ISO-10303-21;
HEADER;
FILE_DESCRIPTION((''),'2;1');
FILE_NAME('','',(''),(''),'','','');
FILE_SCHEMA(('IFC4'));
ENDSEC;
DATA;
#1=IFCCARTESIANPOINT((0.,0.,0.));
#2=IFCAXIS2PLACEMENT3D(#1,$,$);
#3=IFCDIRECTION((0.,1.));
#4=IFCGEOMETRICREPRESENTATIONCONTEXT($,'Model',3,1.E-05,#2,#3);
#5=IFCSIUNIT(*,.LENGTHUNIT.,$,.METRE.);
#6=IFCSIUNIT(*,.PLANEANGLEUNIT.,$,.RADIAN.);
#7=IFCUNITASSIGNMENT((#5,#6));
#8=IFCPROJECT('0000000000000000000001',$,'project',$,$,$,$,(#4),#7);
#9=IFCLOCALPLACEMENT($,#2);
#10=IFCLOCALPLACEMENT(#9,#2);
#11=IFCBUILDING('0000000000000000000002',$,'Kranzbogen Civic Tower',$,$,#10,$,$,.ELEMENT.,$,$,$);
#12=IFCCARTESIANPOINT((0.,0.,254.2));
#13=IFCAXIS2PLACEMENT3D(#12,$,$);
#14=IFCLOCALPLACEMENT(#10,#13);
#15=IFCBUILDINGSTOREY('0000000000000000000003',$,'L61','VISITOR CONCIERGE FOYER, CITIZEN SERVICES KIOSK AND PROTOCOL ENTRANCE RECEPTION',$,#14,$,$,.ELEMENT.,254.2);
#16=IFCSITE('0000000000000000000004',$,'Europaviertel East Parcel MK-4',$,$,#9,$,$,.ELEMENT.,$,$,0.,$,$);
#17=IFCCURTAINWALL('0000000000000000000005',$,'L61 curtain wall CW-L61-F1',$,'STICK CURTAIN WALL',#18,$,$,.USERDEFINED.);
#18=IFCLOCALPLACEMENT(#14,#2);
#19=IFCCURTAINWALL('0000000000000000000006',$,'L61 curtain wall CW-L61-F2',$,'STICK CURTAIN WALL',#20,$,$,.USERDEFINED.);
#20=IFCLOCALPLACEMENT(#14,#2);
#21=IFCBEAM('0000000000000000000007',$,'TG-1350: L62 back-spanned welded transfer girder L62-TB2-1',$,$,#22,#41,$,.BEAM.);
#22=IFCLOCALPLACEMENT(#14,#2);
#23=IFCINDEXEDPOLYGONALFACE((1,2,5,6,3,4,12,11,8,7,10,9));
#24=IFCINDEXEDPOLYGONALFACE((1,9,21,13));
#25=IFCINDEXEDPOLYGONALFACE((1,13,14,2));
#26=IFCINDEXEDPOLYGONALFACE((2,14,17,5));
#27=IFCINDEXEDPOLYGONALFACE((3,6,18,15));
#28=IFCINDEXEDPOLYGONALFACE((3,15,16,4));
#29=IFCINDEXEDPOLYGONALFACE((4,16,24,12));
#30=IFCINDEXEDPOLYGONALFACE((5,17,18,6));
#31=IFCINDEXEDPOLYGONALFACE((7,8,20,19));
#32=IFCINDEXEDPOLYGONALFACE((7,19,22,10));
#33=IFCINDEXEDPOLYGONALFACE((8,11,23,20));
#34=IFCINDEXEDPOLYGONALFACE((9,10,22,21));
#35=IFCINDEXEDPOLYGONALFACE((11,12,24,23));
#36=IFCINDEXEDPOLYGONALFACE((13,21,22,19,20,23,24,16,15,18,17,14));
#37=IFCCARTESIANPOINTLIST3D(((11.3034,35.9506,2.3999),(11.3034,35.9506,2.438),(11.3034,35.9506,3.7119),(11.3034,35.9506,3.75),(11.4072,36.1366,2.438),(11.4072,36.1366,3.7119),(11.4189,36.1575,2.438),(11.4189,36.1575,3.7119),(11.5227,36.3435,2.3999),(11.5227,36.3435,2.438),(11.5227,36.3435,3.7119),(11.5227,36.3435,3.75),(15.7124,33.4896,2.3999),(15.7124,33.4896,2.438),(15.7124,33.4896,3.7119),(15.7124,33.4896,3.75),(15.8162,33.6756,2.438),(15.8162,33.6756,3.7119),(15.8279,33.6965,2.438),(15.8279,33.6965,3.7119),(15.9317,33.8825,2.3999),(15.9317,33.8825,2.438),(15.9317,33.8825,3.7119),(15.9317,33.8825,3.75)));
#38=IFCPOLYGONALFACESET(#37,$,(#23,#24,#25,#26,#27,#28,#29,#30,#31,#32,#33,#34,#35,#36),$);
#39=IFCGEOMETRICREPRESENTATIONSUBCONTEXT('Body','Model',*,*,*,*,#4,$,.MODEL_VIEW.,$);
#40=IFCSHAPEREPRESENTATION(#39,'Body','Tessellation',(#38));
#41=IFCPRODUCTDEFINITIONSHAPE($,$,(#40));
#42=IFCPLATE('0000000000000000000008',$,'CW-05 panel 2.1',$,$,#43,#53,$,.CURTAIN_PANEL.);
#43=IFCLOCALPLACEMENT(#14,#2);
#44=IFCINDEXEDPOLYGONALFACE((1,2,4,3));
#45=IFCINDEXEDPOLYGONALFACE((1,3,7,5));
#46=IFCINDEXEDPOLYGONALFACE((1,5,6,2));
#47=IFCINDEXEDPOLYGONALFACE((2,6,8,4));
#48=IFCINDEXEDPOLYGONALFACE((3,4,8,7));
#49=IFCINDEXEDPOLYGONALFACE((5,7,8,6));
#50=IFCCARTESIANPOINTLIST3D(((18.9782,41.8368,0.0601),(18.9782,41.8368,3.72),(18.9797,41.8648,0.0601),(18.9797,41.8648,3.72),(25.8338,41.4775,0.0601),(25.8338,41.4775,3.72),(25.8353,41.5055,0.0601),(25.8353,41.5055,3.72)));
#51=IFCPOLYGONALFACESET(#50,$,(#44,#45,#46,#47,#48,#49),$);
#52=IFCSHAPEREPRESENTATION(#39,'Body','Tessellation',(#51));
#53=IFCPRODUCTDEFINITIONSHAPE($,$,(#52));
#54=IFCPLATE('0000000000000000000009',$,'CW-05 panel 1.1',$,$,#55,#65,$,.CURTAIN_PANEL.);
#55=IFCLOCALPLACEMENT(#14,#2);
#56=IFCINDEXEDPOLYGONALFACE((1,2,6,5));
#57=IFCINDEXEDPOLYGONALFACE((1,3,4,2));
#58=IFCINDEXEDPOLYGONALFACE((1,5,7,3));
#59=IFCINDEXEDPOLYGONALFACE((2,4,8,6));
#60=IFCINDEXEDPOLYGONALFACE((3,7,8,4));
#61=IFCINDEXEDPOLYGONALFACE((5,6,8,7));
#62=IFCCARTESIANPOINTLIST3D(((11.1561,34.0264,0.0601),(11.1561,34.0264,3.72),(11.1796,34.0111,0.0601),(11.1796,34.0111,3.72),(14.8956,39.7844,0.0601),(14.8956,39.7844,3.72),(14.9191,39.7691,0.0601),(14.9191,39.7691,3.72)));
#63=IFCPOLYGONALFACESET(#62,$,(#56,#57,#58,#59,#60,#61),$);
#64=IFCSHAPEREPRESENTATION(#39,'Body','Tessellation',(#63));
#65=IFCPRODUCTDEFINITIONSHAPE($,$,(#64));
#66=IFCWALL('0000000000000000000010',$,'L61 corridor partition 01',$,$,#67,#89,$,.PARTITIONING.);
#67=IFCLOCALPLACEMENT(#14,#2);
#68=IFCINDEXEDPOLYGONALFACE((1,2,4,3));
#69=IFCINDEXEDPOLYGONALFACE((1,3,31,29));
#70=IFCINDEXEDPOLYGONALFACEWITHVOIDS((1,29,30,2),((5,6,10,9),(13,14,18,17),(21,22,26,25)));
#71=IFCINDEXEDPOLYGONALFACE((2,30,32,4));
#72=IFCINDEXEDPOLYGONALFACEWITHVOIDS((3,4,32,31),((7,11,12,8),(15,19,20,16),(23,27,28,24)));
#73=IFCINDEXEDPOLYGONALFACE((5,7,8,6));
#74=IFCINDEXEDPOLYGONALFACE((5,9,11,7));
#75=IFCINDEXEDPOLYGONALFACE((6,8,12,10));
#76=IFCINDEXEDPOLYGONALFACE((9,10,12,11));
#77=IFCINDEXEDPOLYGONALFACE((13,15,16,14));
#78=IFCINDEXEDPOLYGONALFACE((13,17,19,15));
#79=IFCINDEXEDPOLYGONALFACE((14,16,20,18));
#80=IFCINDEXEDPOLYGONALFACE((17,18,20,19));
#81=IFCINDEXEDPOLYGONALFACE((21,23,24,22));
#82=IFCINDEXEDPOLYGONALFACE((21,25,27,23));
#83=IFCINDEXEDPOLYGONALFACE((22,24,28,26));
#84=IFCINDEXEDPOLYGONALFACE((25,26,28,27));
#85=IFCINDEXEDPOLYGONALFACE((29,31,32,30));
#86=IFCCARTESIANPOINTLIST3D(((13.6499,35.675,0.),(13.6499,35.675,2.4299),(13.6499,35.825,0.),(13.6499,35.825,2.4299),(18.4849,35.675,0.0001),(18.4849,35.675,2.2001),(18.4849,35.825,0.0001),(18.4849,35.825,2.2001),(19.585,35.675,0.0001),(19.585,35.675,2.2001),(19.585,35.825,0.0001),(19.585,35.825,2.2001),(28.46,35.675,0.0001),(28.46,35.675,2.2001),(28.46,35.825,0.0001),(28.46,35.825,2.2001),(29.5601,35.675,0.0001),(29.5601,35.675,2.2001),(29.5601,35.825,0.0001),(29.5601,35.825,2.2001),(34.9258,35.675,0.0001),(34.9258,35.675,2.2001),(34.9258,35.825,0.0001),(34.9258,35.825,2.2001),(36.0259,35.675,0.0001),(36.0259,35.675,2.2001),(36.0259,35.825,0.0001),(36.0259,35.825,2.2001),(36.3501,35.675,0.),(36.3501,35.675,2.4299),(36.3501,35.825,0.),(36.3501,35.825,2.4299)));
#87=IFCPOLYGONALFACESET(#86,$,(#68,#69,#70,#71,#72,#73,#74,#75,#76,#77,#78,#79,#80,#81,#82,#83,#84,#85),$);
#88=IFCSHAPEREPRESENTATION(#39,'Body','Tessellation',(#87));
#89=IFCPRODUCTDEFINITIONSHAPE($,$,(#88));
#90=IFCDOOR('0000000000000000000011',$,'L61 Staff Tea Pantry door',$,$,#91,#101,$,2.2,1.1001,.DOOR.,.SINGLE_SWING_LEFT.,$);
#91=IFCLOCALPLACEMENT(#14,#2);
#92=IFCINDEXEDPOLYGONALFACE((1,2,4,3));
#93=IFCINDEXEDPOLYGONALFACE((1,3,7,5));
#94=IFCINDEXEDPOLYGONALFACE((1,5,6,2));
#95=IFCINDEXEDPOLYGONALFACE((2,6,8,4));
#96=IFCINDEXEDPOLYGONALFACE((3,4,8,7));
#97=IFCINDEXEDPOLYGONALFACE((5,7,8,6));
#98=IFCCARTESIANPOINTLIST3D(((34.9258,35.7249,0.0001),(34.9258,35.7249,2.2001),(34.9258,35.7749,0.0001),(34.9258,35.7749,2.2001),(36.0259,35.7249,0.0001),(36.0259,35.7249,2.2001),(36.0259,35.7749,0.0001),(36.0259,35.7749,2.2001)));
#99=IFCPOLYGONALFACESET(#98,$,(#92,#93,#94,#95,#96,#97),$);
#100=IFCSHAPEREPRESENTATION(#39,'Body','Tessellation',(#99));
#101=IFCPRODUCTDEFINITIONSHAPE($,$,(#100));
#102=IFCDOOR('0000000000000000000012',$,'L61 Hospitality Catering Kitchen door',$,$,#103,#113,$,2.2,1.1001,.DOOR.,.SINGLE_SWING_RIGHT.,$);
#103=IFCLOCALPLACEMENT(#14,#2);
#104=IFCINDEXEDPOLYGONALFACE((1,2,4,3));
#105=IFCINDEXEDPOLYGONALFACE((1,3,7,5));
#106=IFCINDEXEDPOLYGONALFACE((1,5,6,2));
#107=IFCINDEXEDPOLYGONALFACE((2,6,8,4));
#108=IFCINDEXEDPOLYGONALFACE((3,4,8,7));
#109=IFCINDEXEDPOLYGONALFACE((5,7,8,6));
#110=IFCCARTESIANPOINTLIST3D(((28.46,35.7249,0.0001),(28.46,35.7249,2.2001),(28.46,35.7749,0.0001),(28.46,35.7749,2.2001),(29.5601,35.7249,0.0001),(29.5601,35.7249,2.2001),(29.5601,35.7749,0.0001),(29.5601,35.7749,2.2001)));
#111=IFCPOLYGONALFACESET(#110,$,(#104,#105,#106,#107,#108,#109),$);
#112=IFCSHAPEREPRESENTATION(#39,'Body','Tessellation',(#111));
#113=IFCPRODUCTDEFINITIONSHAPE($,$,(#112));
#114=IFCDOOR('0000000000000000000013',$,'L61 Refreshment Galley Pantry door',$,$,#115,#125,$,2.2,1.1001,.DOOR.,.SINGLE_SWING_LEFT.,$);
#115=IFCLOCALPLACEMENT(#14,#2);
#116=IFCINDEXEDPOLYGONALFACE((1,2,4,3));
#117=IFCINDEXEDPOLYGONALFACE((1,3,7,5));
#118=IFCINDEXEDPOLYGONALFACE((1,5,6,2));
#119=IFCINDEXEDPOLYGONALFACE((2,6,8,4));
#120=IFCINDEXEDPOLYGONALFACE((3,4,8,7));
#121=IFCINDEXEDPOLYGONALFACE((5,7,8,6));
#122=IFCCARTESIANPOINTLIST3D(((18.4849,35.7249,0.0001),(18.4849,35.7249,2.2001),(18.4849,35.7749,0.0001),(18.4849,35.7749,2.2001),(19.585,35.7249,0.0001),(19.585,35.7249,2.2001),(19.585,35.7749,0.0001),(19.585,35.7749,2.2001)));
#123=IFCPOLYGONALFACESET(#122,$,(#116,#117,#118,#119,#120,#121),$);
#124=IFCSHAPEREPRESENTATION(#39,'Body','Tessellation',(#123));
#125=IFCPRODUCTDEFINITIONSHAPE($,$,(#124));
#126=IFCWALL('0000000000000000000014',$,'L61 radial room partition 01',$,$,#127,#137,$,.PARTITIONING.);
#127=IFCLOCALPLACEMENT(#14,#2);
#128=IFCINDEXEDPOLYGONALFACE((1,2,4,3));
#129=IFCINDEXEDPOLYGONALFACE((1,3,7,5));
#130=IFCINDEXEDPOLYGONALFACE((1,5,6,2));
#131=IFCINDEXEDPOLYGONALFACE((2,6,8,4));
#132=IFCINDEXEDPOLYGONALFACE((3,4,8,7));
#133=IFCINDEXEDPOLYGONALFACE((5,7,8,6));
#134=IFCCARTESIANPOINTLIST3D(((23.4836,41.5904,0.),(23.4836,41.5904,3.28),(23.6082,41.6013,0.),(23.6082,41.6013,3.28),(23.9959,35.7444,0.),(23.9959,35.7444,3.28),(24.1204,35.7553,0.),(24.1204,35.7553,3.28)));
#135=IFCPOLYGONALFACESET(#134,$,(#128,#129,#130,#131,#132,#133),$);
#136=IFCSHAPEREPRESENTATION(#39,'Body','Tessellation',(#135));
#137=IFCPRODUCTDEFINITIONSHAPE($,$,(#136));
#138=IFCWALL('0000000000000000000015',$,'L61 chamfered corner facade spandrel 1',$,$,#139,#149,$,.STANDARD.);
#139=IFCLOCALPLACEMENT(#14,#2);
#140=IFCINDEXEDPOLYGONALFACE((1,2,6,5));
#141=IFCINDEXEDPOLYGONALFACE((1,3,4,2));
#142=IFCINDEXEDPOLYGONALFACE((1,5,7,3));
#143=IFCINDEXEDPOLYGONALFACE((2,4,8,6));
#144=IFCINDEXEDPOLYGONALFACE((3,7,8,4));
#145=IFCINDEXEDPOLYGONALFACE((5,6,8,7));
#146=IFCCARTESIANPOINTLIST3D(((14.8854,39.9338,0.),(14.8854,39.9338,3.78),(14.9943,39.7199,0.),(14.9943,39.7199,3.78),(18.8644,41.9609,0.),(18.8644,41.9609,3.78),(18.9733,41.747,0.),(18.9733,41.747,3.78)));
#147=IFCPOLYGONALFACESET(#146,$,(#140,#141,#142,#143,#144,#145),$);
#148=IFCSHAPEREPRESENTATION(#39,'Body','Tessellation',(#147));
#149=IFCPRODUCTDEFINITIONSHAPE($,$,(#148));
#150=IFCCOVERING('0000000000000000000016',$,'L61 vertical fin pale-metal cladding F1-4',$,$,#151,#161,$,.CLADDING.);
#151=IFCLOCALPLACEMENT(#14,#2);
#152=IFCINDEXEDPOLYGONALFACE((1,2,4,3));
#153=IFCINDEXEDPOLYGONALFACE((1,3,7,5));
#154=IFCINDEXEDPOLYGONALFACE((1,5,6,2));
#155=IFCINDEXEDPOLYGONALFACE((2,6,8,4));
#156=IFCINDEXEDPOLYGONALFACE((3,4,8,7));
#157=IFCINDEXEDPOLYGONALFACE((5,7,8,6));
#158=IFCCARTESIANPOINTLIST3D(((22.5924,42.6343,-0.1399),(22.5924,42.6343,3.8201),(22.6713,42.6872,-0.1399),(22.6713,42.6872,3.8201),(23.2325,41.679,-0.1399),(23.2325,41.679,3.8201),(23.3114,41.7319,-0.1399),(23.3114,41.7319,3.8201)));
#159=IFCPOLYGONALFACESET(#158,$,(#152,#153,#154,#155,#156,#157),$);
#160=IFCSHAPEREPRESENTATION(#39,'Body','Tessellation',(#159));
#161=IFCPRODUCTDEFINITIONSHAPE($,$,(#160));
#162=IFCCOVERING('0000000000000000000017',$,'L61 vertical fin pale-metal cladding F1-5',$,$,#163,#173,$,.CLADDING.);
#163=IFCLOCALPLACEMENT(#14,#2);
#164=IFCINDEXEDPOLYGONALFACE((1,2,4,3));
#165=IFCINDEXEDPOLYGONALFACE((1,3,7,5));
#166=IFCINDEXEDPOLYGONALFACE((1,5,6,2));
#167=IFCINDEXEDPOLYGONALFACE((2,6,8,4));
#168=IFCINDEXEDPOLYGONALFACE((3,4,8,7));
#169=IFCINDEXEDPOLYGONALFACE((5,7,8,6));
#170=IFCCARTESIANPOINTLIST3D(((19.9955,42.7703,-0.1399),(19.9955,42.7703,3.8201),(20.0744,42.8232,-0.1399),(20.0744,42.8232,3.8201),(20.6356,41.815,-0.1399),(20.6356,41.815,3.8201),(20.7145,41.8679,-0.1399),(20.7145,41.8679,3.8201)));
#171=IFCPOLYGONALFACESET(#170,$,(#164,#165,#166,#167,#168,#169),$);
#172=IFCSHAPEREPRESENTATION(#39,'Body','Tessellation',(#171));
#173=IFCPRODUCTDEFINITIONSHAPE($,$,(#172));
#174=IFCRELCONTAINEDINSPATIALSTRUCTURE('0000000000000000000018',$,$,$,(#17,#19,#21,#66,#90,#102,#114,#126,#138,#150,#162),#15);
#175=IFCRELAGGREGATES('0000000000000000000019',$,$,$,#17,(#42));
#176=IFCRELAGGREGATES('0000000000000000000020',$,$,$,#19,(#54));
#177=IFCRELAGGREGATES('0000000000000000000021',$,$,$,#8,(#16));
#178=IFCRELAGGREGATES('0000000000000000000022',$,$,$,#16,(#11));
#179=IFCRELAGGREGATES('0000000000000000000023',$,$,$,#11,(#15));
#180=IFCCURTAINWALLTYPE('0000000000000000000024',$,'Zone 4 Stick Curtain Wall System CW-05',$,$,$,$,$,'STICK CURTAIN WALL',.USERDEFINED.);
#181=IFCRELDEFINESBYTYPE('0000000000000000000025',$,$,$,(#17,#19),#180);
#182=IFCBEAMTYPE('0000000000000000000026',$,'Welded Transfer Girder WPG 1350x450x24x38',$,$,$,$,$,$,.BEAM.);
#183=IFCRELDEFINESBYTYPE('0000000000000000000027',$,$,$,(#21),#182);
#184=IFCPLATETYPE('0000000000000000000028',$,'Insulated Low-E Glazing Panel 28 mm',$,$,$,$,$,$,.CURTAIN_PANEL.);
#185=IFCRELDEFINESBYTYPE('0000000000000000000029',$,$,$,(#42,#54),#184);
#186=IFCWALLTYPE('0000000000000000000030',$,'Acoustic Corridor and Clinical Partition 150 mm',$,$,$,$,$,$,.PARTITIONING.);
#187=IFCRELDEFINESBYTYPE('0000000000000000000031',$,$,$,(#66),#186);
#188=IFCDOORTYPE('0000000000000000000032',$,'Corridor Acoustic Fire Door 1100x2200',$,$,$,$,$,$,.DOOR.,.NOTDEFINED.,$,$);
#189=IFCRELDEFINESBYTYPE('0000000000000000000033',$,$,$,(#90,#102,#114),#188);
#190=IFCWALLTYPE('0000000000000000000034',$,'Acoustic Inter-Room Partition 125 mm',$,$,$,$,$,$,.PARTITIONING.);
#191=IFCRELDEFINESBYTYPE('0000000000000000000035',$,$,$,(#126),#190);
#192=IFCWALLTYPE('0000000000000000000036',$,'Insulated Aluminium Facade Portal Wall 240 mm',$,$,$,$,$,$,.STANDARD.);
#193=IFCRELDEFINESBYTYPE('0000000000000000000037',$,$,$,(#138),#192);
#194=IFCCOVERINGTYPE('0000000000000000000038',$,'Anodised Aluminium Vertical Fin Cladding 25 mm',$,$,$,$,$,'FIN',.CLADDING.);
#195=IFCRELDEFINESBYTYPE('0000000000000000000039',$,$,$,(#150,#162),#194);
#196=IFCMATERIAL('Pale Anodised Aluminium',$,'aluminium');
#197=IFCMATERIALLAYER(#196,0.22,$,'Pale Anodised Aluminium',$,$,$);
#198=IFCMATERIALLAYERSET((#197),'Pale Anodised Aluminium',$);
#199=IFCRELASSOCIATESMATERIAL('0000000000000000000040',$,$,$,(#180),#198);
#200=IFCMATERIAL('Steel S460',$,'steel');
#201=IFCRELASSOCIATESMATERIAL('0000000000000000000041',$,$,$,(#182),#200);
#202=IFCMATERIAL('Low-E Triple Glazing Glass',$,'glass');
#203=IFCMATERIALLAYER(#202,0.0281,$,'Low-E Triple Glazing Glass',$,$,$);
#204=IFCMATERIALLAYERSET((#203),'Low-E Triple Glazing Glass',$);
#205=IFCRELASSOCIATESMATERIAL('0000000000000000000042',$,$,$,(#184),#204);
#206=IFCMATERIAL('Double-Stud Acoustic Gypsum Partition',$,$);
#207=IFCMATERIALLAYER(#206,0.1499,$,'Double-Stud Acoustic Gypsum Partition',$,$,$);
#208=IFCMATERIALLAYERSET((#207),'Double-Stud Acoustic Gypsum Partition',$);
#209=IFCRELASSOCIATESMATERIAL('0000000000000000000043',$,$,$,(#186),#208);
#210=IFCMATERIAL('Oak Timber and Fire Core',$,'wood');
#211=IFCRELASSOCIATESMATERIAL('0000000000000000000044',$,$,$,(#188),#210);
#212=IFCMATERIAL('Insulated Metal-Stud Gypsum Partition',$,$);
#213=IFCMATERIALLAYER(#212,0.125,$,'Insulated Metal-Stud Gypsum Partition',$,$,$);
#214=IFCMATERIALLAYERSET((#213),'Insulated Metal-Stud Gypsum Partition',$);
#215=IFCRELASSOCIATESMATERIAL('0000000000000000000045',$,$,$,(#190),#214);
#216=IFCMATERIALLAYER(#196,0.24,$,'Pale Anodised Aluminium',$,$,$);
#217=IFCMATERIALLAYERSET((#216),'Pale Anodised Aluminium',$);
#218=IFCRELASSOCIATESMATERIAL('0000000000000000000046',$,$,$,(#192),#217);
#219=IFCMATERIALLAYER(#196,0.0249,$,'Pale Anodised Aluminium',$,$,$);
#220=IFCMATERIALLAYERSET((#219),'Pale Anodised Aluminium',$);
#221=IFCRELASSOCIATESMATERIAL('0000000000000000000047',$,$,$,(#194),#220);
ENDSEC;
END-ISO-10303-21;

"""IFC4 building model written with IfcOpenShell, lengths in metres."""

from ifc_helpers import new_model, si_unit, direction, frame, frame_2d, origin, origin_2d, place, context, subcontext, project, spatial, rectangle, i_section, extrude, material, layer, layer_set, material_profile, profile_set, type_object, element, fill, aggregate, save


model = new_model("IFC4")

# Units and contexts
model_context = context("Model", 3, precision=1e-05, world=origin(), true_north=direction((0.0, 1.0)))
body_context = subcontext(model_context, "Body", "Model", "MODEL_VIEW")
ifc_project = project(units=[si_unit("LENGTHUNIT", "METRE"), si_unit("PLANEANGLEUNIT", "RADIAN")], contexts=[model_context])

# Site, building, storey
site_placement = place(None, origin())
site = spatial("IfcSite", under=ifc_project, at=site_placement, Name="Europaviertel East Parcel MK-4", CompositionType="ELEMENT", RefElevation=0.0)
building_placement = place(site_placement, origin())
building = spatial("IfcBuilding", under=site, at=building_placement, Name="Kranzbogen Civic Tower", CompositionType="ELEMENT")
storey_placement = place(building_placement, frame((0.0, 0.0, 254.2)))
storey = spatial("IfcBuildingStorey", under=building, at=storey_placement, Name="L61", Description="VISITOR CONCIERGE FOYER, CITIZEN SERVICES KIOSK AND PROTOCOL ENTRANCE RECEPTION", CompositionType="ELEMENT", Elevation=254.2)

# Curtain wall
ifc_material_1 = material(Name="Pale Anodised Aluminium", Category="aluminium")
ifc_layer_1 = layer(ifc_material_1, 0.22, Name="Pale Anodised Aluminium")
ifc_layer_set_1 = layer_set([ifc_layer_1], Name="Pale Anodised Aluminium")
curtain_wall_type = type_object("IfcCurtainWallType", Name="Zone 4 Stick Curtain Wall System CW-05", ElementType="STICK CURTAIN WALL", PredefinedType="USERDEFINED", material=ifc_layer_set_1)
curtain_wall_1_placement = place(storey_placement, origin())
curtain_wall_1 = element("IfcCurtainWall", 1, at=curtain_wall_1_placement, inside=storey, type_object=curtain_wall_type, Name="L61 curtain wall CW-L61-F1", ObjectType="STICK CURTAIN WALL", PredefinedType="USERDEFINED")

# Curtain wall
curtain_wall_2_placement = place(storey_placement, origin())
curtain_wall_2 = element("IfcCurtainWall", 2, at=curtain_wall_2_placement, inside=storey, type_object=curtain_wall_type, Name="L61 curtain wall CW-L61-F2", ObjectType="STICK CURTAIN WALL", PredefinedType="USERDEFINED")

# Beam
ifc_material_2 = material(Name="Steel S460", Category="steel")
ifc_material_profile_1 = material_profile(ifc_material_2, i_section(OverallWidth=0.45, OverallDepth=1.3501, WebThickness=0.0239, FlangeThickness=0.0381, at=origin_2d()), Name="WPG 1350x450x24x38")
ifc_profile_set_1 = profile_set([ifc_material_profile_1], Name="Steel S460")
beam_type_1 = type_object("IfcBeamType", Name="Welded Transfer Girder WPG 1350x450x24x38", PredefinedType="BEAM", material=ifc_profile_set_1)
beam_1_placement = place(storey_placement, frame((15.822, 33.686, 3.075), z_axis=(-0.873186, 0.487387, 0.0), x_axis=(-0.487387, -0.873186, 0.0)))
element("IfcBeam", 3, at=beam_1_placement, inside=storey, type_object=beam_type_1, Name="TG-1350: L62 back-spanned welded transfer girder L62-TB2-1", PredefinedType="BEAM", context=body_context, shape_type="SweptSolid", body=[
    extrude(i_section(OverallWidth=0.45, OverallDepth=1.3501, WebThickness=0.0239, FlangeThickness=0.0381, at=origin_2d()), origin(), (0.0, 0.0, 1.0), 5.0493),
])

# Plates
ifc_material_3 = material(Name="Low-E Triple Glazing Glass", Category="glass")
ifc_layer_2 = layer(ifc_material_3, 0.0281, Name="Low-E Triple Glazing Glass")
ifc_layer_set_2 = layer_set([ifc_layer_2], Name="Low-E Triple Glazing Glass")
plate_type = type_object("IfcPlateType", Name="Insulated Low-E Glazing Panel 28 mm", PredefinedType="CURTAIN_PANEL", material=ifc_layer_set_2)
plate_1_placement = place(storey_placement, frame((22.4067, 41.6711, 0.0601), z_axis=(0.0, 0.0, 1.0), x_axis=(-0.99863, 0.052336, 0.0)))
plate_1 = element("IfcPlate", 4, at=plate_1_placement, type_object=plate_type, Name="CW-05 panel 2.1", PredefinedType="CURTAIN_PANEL", context=body_context, shape_type="SweptSolid", body=[
    extrude(rectangle(XDim=6.865, YDim=0.0281, at=origin_2d()), origin(), (0.0, 0.0, 1.0), 3.6599),
])
aggregate(curtain_wall_1, [plate_1])
plate_2_placement = place(storey_placement, frame((13.0376, 36.8977, 0.0601), z_axis=(0.0, 0.0, 1.0), x_axis=(-0.544657, -0.838659, 0.0)))
plate_2 = element("IfcPlate", 5, at=plate_2_placement, type_object=plate_type, Name="CW-05 panel 1.1", PredefinedType="CURTAIN_PANEL", context=body_context, shape_type="SweptSolid", body=[
    extrude(rectangle(XDim=6.8657, YDim=0.0281, at=origin_2d()), origin(), (0.0, 0.0, 1.0), 3.6599),
])
aggregate(curtain_wall_2, [plate_2])

# Wall, openings, doors
ifc_material_4 = material(Name="Double-Stud Acoustic Gypsum Partition")
ifc_layer_3 = layer(ifc_material_4, 0.1499, Name="Double-Stud Acoustic Gypsum Partition")
ifc_layer_set_3 = layer_set([ifc_layer_3], Name="Double-Stud Acoustic Gypsum Partition")
wall_type_1 = type_object("IfcWallType", Name="Acoustic Corridor and Clinical Partition 150 mm", PredefinedType="PARTITIONING", material=ifc_layer_set_3)
wall_1_placement = place(storey_placement, frame((13.6499, 35.75, 0.0), z_axis=(0.0, 0.0, 1.0), x_axis=(1.0, 0.0, 0.0)))
wall_1 = element("IfcWall", 6, at=wall_1_placement, inside=storey, type_object=wall_type_1, Name="L61 corridor partition 01", PredefinedType="PARTITIONING", context=body_context, shape_type="SweptSolid", body=[
    extrude(rectangle(XDim=22.7002, YDim=0.1499, at=frame_2d((11.3501, 0.0))), origin(), (0.0, 0.0, 1.0), 2.4299),
])
opening_1_placement = place(wall_1_placement, frame((21.2759, 0.0, 0.0)))
opening_1 = element("IfcOpeningElement", 7, at=opening_1_placement, cuts=wall_1, PredefinedType="OPENING", context=body_context, shape_type="SweptSolid", body=[
    extrude(rectangle(XDim=1.1001, YDim=2.2, at=frame_2d((0.55, 1.1001))), frame((0.0, 0.085, 0.0), z_axis=(0.0, -1.0, 0.0), x_axis=(1.0, 0.0, 0.0)), (0.0, 0.0, 1.0), 0.1699),
])
opening_2_placement = place(wall_1_placement, frame((14.8101, 0.0, 0.0)))
opening_2 = element("IfcOpeningElement", 8, at=opening_2_placement, cuts=wall_1, PredefinedType="OPENING", context=body_context, shape_type="SweptSolid", body=[
    extrude(rectangle(XDim=1.1001, YDim=2.2, at=frame_2d((0.55, 1.1001))), frame((0.0, 0.085, 0.0), z_axis=(0.0, -1.0, 0.0), x_axis=(1.0, 0.0, 0.0)), (0.0, 0.0, 1.0), 0.1699),
])
opening_3_placement = place(wall_1_placement, frame((4.835, 0.0, 0.0)))
opening_3 = element("IfcOpeningElement", 9, at=opening_3_placement, cuts=wall_1, PredefinedType="OPENING", context=body_context, shape_type="SweptSolid", body=[
    extrude(rectangle(XDim=1.1001, YDim=2.2, at=frame_2d((0.55, 1.1001))), frame((0.0, 0.085, 0.0), z_axis=(0.0, -1.0, 0.0), x_axis=(1.0, 0.0, 0.0)), (0.0, 0.0, 1.0), 0.1699),
])
ifc_material_5 = material(Name="Oak Timber and Fire Core", Category="wood")
door_type = type_object("IfcDoorType", Name="Corridor Acoustic Fire Door 1100x2200", OperationType="NOTDEFINED", PredefinedType="DOOR", material=ifc_material_5)
door_1_placement = place(opening_1_placement, origin())
door_1 = element("IfcDoor", 10, at=door_1_placement, inside=storey, type_object=door_type, Name="L61 Staff Tea Pantry door", OperationType="SINGLE_SWING_LEFT", OverallHeight=2.2, OverallWidth=1.1001, PredefinedType="DOOR", context=body_context, shape_type="SweptSolid", body=[
    extrude(rectangle(XDim=1.1001, YDim=2.2, at=frame_2d((0.55, 1.1001))), frame((0.0, 0.0249, 0.0), z_axis=(0.0, -1.0, 0.0), x_axis=(1.0, 0.0, 0.0)), (0.0, 0.0, 1.0), 0.05),
])
fill(opening_1, door_1)
door_2_placement = place(opening_2_placement, origin())
door_2 = element("IfcDoor", 11, at=door_2_placement, inside=storey, type_object=door_type, Name="L61 Hospitality Catering Kitchen door", OperationType="SINGLE_SWING_RIGHT", OverallHeight=2.2, OverallWidth=1.1001, PredefinedType="DOOR", context=body_context, shape_type="SweptSolid", body=[
    extrude(rectangle(XDim=1.1001, YDim=2.2, at=frame_2d((0.55, 1.1001))), frame((0.0, 0.0249, 0.0), z_axis=(0.0, -1.0, 0.0), x_axis=(1.0, 0.0, 0.0)), (0.0, 0.0, 1.0), 0.05),
])
fill(opening_2, door_2)
door_3_placement = place(opening_3_placement, origin())
door_3 = element("IfcDoor", 12, at=door_3_placement, inside=storey, type_object=door_type, Name="L61 Refreshment Galley Pantry door", OperationType="SINGLE_SWING_LEFT", OverallHeight=2.2, OverallWidth=1.1001, PredefinedType="DOOR", context=body_context, shape_type="SweptSolid", body=[
    extrude(rectangle(XDim=1.1001, YDim=2.2, at=frame_2d((0.55, 1.1001))), frame((0.0, 0.0249, 0.0), z_axis=(0.0, -1.0, 0.0), x_axis=(1.0, 0.0, 0.0)), (0.0, 0.0, 1.0), 0.05),
])
fill(opening_3, door_3)

# Walls
ifc_material_6 = material(Name="Insulated Metal-Stud Gypsum Partition")
ifc_layer_4 = layer(ifc_material_6, 0.125, Name="Insulated Metal-Stud Gypsum Partition")
ifc_layer_set_4 = layer_set([ifc_layer_4], Name="Insulated Metal-Stud Gypsum Partition")
wall_type_2 = type_object("IfcWallType", Name="Acoustic Inter-Room Partition 125 mm", PredefinedType="PARTITIONING", material=ifc_layer_set_4)
wall_2_placement = place(storey_placement, frame((24.0581, 35.75, 0.0), z_axis=(0.0, 0.0, 1.0), x_axis=(-0.087283, 0.996184, 0.0)))
element("IfcWall", 13, at=wall_2_placement, inside=storey, type_object=wall_type_2, Name="L61 radial room partition 01", PredefinedType="PARTITIONING", context=body_context, shape_type="SweptSolid", body=[
    extrude(rectangle(XDim=5.8684, YDim=0.125, at=frame_2d((2.9341, 0.0))), origin(), (0.0, 0.0, 1.0), 3.28),
])
ifc_layer_5 = layer(ifc_material_1, 0.24, Name="Pale Anodised Aluminium")
ifc_layer_set_5 = layer_set([ifc_layer_5], Name="Pale Anodised Aluminium")
wall_type_3 = type_object("IfcWallType", Name="Insulated Aluminium Facade Portal Wall 240 mm", PredefinedType="STANDARD", material=ifc_layer_set_5)
wall_3_placement = place(storey_placement, frame((18.9189, 41.854, 0.0), z_axis=(0.0, 0.0, 1.0), x_axis=(-0.891034, -0.453936, 0.0)))
element("IfcWall", 14, at=wall_3_placement, inside=storey, type_object=wall_type_3, Name="L61 chamfered corner facade spandrel 1", PredefinedType="STANDARD", context=body_context, shape_type="SweptSolid", body=[
    extrude(rectangle(XDim=4.4656, YDim=0.24, at=frame_2d((2.2329, 0.0))), origin(), (0.0, 0.0, 1.0), 3.78),
])

# Coverings
ifc_layer_6 = layer(ifc_material_1, 0.0249, Name="Pale Anodised Aluminium")
ifc_layer_set_6 = layer_set([ifc_layer_6], Name="Pale Anodised Aluminium")
covering_type = type_object("IfcCoveringType", Name="Anodised Aluminium Vertical Fin Cladding 25 mm", ElementType="FIN", PredefinedType="CLADDING", material=ifc_layer_set_6)
for number, where, z_axis, x_axis, name in (
    (15, (22.9519, 42.1831, -0.1399), (0.0, 0.0, 1.0), (-0.556615, 0.830771, 0.0), "L61 vertical fin pale-metal cladding F1-4"),
    (16, (20.355, 42.3191, -0.1399), (0.0, 0.0, 1.0), (-0.556615, 0.830771, 0.0), "L61 vertical fin pale-metal cladding F1-5"),
):
    element("IfcCovering", number, at=place(storey_placement, frame(where, z_axis=z_axis, x_axis=x_axis)), inside=storey, type_object=covering_type, Name=name, PredefinedType="CLADDING", context=body_context, shape_type="SweptSolid", body=[
        extrude(rectangle(XDim=1.1499, YDim=0.095, at=origin_2d()), origin(), (0.0, 0.0, 1.0), 3.96),
    ])

save(model, "model.ifc")
